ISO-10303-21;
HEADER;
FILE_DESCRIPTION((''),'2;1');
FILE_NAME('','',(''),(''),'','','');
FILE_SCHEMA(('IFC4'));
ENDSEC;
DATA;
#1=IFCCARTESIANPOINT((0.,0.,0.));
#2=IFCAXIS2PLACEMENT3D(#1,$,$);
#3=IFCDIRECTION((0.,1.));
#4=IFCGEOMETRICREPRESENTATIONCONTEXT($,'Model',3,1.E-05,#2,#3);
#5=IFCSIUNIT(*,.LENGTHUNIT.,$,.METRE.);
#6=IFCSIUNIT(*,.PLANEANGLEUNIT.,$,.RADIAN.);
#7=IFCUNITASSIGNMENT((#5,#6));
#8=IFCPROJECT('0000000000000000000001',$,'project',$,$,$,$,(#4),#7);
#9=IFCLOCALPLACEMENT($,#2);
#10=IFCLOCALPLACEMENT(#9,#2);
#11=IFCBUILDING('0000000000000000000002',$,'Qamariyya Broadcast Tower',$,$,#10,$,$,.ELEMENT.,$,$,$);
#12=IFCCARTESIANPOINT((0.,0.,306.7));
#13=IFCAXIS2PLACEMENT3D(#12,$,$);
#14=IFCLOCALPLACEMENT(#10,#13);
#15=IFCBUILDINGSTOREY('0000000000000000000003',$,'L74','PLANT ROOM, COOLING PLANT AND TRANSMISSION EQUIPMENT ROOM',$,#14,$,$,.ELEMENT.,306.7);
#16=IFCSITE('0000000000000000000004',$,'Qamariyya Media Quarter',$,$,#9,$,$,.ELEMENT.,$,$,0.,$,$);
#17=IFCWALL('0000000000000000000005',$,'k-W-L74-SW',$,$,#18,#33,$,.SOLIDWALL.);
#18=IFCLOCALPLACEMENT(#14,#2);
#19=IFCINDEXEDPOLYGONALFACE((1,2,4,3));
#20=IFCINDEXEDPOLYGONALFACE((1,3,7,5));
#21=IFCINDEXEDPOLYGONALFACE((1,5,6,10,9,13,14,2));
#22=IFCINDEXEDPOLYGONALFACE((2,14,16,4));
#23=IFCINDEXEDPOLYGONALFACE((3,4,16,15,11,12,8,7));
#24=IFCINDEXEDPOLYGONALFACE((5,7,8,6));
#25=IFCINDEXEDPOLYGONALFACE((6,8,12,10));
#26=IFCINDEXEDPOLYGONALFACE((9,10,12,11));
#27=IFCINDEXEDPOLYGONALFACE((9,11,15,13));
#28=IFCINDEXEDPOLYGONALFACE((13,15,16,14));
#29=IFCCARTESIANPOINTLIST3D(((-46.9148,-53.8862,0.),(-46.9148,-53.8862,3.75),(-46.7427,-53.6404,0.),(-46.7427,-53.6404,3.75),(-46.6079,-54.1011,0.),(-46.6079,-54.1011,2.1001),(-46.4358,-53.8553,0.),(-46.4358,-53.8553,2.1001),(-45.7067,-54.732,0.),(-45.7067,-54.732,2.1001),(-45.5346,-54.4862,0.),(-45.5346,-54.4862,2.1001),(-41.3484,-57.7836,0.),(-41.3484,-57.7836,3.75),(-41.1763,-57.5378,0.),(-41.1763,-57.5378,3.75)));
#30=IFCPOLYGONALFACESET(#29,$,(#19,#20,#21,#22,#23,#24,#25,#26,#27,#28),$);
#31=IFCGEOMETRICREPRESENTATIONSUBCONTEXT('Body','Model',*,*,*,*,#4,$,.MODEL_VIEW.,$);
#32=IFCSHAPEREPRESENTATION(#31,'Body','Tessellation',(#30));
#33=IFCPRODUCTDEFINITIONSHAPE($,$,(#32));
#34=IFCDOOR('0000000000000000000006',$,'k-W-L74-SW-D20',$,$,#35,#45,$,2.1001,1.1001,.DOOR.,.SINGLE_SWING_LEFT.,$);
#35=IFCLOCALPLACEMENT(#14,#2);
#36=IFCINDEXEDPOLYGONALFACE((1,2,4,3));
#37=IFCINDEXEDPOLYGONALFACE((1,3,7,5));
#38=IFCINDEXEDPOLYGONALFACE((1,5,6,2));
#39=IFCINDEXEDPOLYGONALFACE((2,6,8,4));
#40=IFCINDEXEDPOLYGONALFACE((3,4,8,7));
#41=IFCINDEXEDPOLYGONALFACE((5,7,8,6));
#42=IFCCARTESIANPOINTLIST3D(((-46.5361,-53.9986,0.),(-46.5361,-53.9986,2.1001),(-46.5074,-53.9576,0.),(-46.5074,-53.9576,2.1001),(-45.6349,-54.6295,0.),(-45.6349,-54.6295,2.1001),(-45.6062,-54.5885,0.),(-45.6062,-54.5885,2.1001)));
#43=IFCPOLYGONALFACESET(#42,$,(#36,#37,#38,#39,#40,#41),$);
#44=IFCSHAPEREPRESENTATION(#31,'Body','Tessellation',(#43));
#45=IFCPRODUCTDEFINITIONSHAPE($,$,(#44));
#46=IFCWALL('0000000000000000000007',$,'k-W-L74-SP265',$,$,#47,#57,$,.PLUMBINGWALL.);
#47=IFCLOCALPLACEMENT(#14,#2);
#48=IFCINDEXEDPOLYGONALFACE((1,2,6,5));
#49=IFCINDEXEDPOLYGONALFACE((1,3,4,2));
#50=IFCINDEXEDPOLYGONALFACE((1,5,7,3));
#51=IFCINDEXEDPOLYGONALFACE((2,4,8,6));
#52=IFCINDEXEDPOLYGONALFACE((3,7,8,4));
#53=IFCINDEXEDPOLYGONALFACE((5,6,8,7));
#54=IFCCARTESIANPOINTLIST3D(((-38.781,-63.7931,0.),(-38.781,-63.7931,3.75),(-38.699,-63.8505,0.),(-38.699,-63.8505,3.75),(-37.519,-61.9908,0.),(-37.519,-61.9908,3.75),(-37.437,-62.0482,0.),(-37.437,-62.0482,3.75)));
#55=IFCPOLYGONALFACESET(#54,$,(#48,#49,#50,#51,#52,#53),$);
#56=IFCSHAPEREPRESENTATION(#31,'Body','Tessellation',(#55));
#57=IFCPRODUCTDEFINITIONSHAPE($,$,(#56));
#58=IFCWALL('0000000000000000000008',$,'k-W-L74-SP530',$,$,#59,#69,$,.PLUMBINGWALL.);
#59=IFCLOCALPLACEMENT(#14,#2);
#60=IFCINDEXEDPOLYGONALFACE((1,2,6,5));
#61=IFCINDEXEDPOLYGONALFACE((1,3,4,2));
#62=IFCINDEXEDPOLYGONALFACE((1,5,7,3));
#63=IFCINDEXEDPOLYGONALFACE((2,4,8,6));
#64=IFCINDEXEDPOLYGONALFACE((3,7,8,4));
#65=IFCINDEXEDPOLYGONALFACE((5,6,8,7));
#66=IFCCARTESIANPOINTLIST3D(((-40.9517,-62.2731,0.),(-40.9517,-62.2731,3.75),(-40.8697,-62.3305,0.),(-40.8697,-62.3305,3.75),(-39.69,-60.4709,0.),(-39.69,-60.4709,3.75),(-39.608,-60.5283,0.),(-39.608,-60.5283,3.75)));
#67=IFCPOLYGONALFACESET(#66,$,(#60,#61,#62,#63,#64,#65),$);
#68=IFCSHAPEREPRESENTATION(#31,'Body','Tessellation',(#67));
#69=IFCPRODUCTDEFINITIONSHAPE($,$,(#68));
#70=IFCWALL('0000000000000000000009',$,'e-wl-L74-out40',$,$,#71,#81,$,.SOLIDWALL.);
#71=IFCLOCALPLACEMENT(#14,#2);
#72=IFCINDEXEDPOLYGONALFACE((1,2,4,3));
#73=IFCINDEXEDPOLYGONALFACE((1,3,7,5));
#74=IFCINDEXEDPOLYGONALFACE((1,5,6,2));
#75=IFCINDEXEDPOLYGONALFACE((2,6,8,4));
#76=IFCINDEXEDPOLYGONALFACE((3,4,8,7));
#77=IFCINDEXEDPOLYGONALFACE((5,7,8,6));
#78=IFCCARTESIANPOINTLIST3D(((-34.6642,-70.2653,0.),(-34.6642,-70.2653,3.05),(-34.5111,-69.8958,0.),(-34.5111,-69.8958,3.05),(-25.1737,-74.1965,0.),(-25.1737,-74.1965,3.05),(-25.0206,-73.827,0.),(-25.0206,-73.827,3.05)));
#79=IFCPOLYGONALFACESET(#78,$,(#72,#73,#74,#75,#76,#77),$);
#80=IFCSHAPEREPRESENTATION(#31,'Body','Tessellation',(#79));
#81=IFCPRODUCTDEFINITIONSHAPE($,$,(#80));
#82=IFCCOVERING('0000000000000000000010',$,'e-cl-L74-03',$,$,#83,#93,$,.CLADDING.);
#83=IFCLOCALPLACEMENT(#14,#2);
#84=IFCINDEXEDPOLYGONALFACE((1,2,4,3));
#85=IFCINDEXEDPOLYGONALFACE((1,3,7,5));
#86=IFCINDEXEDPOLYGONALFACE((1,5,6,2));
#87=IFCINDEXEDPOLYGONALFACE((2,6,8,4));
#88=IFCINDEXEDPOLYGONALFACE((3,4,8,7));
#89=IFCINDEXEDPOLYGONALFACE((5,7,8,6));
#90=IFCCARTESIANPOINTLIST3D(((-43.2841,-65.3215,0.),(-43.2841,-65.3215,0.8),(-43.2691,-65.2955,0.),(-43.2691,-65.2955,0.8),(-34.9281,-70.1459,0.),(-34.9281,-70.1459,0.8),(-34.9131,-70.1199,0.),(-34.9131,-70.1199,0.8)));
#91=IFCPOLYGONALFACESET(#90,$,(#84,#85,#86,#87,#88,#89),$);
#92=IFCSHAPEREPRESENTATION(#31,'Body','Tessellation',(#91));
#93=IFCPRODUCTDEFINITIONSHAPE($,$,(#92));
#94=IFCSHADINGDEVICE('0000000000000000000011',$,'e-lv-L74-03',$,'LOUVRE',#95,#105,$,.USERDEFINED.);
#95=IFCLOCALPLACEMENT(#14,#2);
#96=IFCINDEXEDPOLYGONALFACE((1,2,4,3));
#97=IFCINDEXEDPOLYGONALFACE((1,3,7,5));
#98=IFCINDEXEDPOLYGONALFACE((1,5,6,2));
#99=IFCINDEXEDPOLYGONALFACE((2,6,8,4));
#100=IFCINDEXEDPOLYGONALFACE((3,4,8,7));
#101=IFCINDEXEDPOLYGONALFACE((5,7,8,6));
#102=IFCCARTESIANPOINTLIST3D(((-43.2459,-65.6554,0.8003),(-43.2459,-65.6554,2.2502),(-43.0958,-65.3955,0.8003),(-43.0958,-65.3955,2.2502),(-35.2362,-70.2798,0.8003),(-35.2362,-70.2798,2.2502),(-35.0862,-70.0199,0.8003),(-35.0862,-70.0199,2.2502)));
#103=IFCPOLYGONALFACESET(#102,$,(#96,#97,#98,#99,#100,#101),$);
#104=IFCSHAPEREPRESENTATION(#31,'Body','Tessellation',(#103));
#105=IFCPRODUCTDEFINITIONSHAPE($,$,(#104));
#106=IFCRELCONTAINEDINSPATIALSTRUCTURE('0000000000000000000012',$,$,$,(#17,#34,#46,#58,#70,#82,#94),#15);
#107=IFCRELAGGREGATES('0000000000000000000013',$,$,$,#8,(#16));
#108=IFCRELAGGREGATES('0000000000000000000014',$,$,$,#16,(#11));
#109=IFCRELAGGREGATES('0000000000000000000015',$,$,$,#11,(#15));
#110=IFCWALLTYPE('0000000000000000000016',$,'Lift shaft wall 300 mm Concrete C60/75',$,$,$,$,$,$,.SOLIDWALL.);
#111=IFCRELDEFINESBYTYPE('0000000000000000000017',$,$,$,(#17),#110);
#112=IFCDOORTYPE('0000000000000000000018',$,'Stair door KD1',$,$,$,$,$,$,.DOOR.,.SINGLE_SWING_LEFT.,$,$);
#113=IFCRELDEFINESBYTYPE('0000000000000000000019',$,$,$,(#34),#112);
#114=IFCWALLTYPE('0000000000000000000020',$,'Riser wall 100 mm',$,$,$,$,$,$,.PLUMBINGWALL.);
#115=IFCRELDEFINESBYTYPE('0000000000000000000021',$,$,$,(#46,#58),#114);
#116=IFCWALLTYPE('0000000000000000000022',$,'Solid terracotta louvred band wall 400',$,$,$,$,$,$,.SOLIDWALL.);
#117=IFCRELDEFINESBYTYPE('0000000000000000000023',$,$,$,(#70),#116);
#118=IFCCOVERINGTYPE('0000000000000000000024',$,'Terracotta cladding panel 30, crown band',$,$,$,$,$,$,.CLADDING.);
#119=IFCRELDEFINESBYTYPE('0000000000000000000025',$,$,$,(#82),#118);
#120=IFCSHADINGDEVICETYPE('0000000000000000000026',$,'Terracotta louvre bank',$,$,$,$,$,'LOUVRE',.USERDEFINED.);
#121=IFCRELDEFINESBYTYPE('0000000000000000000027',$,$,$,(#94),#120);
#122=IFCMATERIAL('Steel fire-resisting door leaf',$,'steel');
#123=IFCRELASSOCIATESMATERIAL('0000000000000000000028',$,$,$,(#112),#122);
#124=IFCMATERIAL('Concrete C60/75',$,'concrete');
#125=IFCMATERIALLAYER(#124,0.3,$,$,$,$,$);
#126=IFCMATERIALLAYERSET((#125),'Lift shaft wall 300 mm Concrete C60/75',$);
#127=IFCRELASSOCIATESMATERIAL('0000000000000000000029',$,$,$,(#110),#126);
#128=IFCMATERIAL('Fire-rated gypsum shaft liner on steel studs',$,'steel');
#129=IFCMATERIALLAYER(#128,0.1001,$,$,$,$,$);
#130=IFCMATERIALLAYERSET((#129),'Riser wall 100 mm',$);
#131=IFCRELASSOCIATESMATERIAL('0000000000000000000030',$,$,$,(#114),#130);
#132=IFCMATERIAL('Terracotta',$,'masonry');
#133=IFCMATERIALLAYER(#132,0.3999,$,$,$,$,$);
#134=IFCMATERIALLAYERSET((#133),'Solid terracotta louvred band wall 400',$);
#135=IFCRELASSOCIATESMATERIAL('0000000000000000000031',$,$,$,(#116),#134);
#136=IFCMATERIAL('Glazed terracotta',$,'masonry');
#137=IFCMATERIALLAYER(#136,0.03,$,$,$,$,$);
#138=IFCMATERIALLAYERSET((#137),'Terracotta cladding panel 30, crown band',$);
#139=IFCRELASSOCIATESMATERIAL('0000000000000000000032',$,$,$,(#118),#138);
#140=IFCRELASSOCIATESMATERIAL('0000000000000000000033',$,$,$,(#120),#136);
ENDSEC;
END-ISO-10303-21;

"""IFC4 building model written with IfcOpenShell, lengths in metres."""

from ifc_helpers import new_model, si_unit, direction, frame, frame_2d, origin, origin_2d, place, context, subcontext, project, spatial, rectangle, extrude, material, layer, layer_set, type_object, element, fill, save


model = new_model("IFC4")

# Units and contexts
model_context = context("Model", 3, precision=1e-05, world=origin(), true_north=direction((0.0, 1.0)))
body_context = subcontext(model_context, "Body", "Model", "MODEL_VIEW")
ifc_project = project(units=[si_unit("LENGTHUNIT", "METRE"), si_unit("PLANEANGLEUNIT", "RADIAN")], contexts=[model_context])

# Site, building, storey
site_placement = place(None, origin())
site = spatial("IfcSite", under=ifc_project, at=site_placement, Name="Qamariyya Media Quarter", CompositionType="ELEMENT", RefElevation=0.0)
building_placement = place(site_placement, origin())
building = spatial("IfcBuilding", under=site, at=building_placement, Name="Qamariyya Broadcast Tower", CompositionType="ELEMENT")
storey_placement = place(building_placement, frame((0.0, 0.0, 306.7)))
storey = spatial("IfcBuildingStorey", under=building, at=storey_placement, Name="L74", Description="PLANT ROOM, COOLING PLANT AND TRANSMISSION EQUIPMENT ROOM", CompositionType="ELEMENT", Elevation=306.7)

# Shared definitions
ifc_material_1 = material(Name="Concrete C60/75", Category="concrete")
ifc_material_2 = material(Name="Steel fire-resisting door leaf", Category="steel")

# Shared definitions
door_type_1 = type_object("IfcDoorType", Name="Stair door KD1", OperationType="SINGLE_SWING_LEFT", PredefinedType="DOOR", material=ifc_material_2)

# Shared definitions
ifc_layer_1 = layer(ifc_material_1, 0.3)
ifc_layer_set_1 = layer_set([ifc_layer_1], Name="Lift shaft wall 300 mm Concrete C60/75")
wall_type_1 = type_object("IfcWallType", Name="Lift shaft wall 300 mm Concrete C60/75", PredefinedType="SOLIDWALL", material=ifc_layer_set_1)

# Wall, opening, door
wall_1_placement = place(storey_placement, frame((-41.2625, -57.6606, 0.0), z_axis=(0.0, 0.0, 1.0), x_axis=(-0.819164, 0.573559, 0.0)))
wall_1 = element("IfcWall", 1, at=wall_1_placement, inside=storey, type_object=wall_type_1, Name="k-W-L74-SW", PredefinedType="SOLIDWALL", context=body_context, shape_type="SweptSolid", body=[
    extrude(rectangle(XDim=6.7952, YDim=0.3, at=frame_2d((3.3975, 0.0))), origin(), (0.0, 0.0, 1.0), 3.75),
])
opening_1_placement = place(wall_1_placement, frame((5.3203, 0.0, 0.0)))
opening_1 = element("IfcOpeningElement", 2, at=opening_1_placement, cuts=wall_1, PredefinedType="OPENING", context=body_context, shape_type="SweptSolid", body=[
    extrude(rectangle(XDim=1.1001, YDim=2.1001, at=frame_2d((0.55, 1.05))), frame((0.0, 0.1599, 0.0), z_axis=(0.0, -1.0, 0.0), x_axis=(1.0, 0.0, 0.0)), (0.0, 0.0, 1.0), 0.3201),
])
door_1_placement = place(opening_1_placement, origin())
door_1 = element("IfcDoor", 3, at=door_1_placement, inside=storey, type_object=door_type_1, Name="k-W-L74-SW-D20", OperationType="SINGLE_SWING_LEFT", OverallHeight=2.1001, OverallWidth=1.1001, PredefinedType="DOOR", context=body_context, shape_type="SweptSolid", body=[
    extrude(rectangle(XDim=1.1001, YDim=2.1001, at=frame_2d((0.55, 1.05))), frame((0.0, 0.0249, 0.0), z_axis=(0.0, -1.0, 0.0), x_axis=(1.0, 0.0, 0.0)), (0.0, 0.0, 1.0), 0.05),
])
fill(opening_1, door_1)

# Walls
ifc_material_3 = material(Name="Fire-rated gypsum shaft liner on steel studs", Category="steel")
ifc_layer_2 = layer(ifc_material_3, 0.1001)
ifc_layer_set_2 = layer_set([ifc_layer_2], Name="Riser wall 100 mm")
wall_type_2 = type_object("IfcWallType", Name="Riser wall 100 mm", PredefinedType="PLUMBINGWALL", material=ifc_layer_set_2)
wall_2_placement = place(storey_placement, frame((-37.478, -62.0195, 0.0), z_axis=(0.0, 0.0, 1.0), x_axis=(-0.573581, -0.819149, 0.0)))
element("IfcWall", 4, at=wall_2_placement, inside=storey, type_object=wall_type_2, Name="k-W-L74-SP265", PredefinedType="PLUMBINGWALL", context=body_context, shape_type="SweptSolid", body=[
    extrude(rectangle(XDim=2.2002, YDim=0.1001, at=frame_2d((1.1001, 0.0))), origin(), (0.0, 0.0, 1.0), 3.75),
])
wall_3_placement = place(storey_placement, frame((-39.6489, -60.4995, 0.0), z_axis=(0.0, 0.0, 1.0), x_axis=(-0.573507, -0.819201, 0.0)))
element("IfcWall", 5, at=wall_3_placement, inside=storey, type_object=wall_type_2, Name="k-W-L74-SP530", PredefinedType="PLUMBINGWALL", context=body_context, shape_type="SweptSolid", body=[
    extrude(rectangle(XDim=2.2, YDim=0.1001, at=frame_2d((1.1001, 0.0))), origin(), (0.0, 0.0, 1.0), 3.75),
])
ifc_material_4 = material(Name="Terracotta", Category="masonry")
ifc_layer_3 = layer(ifc_material_4, 0.3999)
ifc_layer_set_3 = layer_set([ifc_layer_3], Name="Solid terracotta louvred band wall 400")
wall_type_3 = type_object("IfcWallType", Name="Solid terracotta louvred band wall 400", PredefinedType="SOLIDWALL", material=ifc_layer_set_3)
wall_4_placement = place(storey_placement, frame((-34.5876, -70.0806, 0.0), z_axis=(0.0, 0.0, 1.0), x_axis=(0.923877, -0.382689, 0.0)))
element("IfcWall", 6, at=wall_4_placement, inside=storey, type_object=wall_type_3, Name="e-wl-L74-out40", PredefinedType="SOLIDWALL", context=body_context, shape_type="SweptSolid", body=[
    extrude(rectangle(XDim=10.2725, YDim=0.3999, at=frame_2d((5.1362, 0.0))), origin(), (0.0, 0.0, 1.0), 3.05),
])

# Covering
ifc_material_5 = material(Name="Glazed terracotta", Category="masonry")
ifc_layer_4 = layer(ifc_material_5, 0.03)
ifc_layer_set_4 = layer_set([ifc_layer_4], Name="Terracotta cladding panel 30, crown band")
covering_type = type_object("IfcCoveringType", Name="Terracotta cladding panel 30, crown band", PredefinedType="CLADDING", material=ifc_layer_set_4)
covering_placement = place(storey_placement, frame((-39.0986, -67.7207, 0.0), z_axis=(0.0, 0.0, 1.0), x_axis=(0.866025, -0.5, 0.0)))
element("IfcCovering", 7, at=covering_placement, inside=storey, type_object=covering_type, Name="e-cl-L74-03", PredefinedType="CLADDING", context=body_context, shape_type="SweptSolid", body=[
    extrude(rectangle(XDim=9.6487, YDim=0.03, at=origin_2d()), origin(), (0.0, 0.0, 1.0), 0.8),
])

# Shading device
shading_device_type = type_object("IfcShadingDeviceType", Name="Terracotta louvre bank", ElementType="LOUVRE", PredefinedType="USERDEFINED", material=ifc_material_5)
shading_device_placement = place(storey_placement, frame((-39.166, -67.8376, 0.8003), z_axis=(0.0, 0.0, 1.0), x_axis=(0.866025, -0.5, 0.0)))
element("IfcShadingDevice", 8, at=shading_device_placement, inside=storey, type_object=shading_device_type, Name="e-lv-L74-03", ObjectType="LOUVRE", PredefinedType="USERDEFINED", context=body_context, shape_type="SweptSolid", body=[
    extrude(rectangle(XDim=9.2488, YDim=0.3, at=origin_2d()), origin(), (0.0, 0.0, 1.0), 1.45),
])

save(model, "model.ifc")
